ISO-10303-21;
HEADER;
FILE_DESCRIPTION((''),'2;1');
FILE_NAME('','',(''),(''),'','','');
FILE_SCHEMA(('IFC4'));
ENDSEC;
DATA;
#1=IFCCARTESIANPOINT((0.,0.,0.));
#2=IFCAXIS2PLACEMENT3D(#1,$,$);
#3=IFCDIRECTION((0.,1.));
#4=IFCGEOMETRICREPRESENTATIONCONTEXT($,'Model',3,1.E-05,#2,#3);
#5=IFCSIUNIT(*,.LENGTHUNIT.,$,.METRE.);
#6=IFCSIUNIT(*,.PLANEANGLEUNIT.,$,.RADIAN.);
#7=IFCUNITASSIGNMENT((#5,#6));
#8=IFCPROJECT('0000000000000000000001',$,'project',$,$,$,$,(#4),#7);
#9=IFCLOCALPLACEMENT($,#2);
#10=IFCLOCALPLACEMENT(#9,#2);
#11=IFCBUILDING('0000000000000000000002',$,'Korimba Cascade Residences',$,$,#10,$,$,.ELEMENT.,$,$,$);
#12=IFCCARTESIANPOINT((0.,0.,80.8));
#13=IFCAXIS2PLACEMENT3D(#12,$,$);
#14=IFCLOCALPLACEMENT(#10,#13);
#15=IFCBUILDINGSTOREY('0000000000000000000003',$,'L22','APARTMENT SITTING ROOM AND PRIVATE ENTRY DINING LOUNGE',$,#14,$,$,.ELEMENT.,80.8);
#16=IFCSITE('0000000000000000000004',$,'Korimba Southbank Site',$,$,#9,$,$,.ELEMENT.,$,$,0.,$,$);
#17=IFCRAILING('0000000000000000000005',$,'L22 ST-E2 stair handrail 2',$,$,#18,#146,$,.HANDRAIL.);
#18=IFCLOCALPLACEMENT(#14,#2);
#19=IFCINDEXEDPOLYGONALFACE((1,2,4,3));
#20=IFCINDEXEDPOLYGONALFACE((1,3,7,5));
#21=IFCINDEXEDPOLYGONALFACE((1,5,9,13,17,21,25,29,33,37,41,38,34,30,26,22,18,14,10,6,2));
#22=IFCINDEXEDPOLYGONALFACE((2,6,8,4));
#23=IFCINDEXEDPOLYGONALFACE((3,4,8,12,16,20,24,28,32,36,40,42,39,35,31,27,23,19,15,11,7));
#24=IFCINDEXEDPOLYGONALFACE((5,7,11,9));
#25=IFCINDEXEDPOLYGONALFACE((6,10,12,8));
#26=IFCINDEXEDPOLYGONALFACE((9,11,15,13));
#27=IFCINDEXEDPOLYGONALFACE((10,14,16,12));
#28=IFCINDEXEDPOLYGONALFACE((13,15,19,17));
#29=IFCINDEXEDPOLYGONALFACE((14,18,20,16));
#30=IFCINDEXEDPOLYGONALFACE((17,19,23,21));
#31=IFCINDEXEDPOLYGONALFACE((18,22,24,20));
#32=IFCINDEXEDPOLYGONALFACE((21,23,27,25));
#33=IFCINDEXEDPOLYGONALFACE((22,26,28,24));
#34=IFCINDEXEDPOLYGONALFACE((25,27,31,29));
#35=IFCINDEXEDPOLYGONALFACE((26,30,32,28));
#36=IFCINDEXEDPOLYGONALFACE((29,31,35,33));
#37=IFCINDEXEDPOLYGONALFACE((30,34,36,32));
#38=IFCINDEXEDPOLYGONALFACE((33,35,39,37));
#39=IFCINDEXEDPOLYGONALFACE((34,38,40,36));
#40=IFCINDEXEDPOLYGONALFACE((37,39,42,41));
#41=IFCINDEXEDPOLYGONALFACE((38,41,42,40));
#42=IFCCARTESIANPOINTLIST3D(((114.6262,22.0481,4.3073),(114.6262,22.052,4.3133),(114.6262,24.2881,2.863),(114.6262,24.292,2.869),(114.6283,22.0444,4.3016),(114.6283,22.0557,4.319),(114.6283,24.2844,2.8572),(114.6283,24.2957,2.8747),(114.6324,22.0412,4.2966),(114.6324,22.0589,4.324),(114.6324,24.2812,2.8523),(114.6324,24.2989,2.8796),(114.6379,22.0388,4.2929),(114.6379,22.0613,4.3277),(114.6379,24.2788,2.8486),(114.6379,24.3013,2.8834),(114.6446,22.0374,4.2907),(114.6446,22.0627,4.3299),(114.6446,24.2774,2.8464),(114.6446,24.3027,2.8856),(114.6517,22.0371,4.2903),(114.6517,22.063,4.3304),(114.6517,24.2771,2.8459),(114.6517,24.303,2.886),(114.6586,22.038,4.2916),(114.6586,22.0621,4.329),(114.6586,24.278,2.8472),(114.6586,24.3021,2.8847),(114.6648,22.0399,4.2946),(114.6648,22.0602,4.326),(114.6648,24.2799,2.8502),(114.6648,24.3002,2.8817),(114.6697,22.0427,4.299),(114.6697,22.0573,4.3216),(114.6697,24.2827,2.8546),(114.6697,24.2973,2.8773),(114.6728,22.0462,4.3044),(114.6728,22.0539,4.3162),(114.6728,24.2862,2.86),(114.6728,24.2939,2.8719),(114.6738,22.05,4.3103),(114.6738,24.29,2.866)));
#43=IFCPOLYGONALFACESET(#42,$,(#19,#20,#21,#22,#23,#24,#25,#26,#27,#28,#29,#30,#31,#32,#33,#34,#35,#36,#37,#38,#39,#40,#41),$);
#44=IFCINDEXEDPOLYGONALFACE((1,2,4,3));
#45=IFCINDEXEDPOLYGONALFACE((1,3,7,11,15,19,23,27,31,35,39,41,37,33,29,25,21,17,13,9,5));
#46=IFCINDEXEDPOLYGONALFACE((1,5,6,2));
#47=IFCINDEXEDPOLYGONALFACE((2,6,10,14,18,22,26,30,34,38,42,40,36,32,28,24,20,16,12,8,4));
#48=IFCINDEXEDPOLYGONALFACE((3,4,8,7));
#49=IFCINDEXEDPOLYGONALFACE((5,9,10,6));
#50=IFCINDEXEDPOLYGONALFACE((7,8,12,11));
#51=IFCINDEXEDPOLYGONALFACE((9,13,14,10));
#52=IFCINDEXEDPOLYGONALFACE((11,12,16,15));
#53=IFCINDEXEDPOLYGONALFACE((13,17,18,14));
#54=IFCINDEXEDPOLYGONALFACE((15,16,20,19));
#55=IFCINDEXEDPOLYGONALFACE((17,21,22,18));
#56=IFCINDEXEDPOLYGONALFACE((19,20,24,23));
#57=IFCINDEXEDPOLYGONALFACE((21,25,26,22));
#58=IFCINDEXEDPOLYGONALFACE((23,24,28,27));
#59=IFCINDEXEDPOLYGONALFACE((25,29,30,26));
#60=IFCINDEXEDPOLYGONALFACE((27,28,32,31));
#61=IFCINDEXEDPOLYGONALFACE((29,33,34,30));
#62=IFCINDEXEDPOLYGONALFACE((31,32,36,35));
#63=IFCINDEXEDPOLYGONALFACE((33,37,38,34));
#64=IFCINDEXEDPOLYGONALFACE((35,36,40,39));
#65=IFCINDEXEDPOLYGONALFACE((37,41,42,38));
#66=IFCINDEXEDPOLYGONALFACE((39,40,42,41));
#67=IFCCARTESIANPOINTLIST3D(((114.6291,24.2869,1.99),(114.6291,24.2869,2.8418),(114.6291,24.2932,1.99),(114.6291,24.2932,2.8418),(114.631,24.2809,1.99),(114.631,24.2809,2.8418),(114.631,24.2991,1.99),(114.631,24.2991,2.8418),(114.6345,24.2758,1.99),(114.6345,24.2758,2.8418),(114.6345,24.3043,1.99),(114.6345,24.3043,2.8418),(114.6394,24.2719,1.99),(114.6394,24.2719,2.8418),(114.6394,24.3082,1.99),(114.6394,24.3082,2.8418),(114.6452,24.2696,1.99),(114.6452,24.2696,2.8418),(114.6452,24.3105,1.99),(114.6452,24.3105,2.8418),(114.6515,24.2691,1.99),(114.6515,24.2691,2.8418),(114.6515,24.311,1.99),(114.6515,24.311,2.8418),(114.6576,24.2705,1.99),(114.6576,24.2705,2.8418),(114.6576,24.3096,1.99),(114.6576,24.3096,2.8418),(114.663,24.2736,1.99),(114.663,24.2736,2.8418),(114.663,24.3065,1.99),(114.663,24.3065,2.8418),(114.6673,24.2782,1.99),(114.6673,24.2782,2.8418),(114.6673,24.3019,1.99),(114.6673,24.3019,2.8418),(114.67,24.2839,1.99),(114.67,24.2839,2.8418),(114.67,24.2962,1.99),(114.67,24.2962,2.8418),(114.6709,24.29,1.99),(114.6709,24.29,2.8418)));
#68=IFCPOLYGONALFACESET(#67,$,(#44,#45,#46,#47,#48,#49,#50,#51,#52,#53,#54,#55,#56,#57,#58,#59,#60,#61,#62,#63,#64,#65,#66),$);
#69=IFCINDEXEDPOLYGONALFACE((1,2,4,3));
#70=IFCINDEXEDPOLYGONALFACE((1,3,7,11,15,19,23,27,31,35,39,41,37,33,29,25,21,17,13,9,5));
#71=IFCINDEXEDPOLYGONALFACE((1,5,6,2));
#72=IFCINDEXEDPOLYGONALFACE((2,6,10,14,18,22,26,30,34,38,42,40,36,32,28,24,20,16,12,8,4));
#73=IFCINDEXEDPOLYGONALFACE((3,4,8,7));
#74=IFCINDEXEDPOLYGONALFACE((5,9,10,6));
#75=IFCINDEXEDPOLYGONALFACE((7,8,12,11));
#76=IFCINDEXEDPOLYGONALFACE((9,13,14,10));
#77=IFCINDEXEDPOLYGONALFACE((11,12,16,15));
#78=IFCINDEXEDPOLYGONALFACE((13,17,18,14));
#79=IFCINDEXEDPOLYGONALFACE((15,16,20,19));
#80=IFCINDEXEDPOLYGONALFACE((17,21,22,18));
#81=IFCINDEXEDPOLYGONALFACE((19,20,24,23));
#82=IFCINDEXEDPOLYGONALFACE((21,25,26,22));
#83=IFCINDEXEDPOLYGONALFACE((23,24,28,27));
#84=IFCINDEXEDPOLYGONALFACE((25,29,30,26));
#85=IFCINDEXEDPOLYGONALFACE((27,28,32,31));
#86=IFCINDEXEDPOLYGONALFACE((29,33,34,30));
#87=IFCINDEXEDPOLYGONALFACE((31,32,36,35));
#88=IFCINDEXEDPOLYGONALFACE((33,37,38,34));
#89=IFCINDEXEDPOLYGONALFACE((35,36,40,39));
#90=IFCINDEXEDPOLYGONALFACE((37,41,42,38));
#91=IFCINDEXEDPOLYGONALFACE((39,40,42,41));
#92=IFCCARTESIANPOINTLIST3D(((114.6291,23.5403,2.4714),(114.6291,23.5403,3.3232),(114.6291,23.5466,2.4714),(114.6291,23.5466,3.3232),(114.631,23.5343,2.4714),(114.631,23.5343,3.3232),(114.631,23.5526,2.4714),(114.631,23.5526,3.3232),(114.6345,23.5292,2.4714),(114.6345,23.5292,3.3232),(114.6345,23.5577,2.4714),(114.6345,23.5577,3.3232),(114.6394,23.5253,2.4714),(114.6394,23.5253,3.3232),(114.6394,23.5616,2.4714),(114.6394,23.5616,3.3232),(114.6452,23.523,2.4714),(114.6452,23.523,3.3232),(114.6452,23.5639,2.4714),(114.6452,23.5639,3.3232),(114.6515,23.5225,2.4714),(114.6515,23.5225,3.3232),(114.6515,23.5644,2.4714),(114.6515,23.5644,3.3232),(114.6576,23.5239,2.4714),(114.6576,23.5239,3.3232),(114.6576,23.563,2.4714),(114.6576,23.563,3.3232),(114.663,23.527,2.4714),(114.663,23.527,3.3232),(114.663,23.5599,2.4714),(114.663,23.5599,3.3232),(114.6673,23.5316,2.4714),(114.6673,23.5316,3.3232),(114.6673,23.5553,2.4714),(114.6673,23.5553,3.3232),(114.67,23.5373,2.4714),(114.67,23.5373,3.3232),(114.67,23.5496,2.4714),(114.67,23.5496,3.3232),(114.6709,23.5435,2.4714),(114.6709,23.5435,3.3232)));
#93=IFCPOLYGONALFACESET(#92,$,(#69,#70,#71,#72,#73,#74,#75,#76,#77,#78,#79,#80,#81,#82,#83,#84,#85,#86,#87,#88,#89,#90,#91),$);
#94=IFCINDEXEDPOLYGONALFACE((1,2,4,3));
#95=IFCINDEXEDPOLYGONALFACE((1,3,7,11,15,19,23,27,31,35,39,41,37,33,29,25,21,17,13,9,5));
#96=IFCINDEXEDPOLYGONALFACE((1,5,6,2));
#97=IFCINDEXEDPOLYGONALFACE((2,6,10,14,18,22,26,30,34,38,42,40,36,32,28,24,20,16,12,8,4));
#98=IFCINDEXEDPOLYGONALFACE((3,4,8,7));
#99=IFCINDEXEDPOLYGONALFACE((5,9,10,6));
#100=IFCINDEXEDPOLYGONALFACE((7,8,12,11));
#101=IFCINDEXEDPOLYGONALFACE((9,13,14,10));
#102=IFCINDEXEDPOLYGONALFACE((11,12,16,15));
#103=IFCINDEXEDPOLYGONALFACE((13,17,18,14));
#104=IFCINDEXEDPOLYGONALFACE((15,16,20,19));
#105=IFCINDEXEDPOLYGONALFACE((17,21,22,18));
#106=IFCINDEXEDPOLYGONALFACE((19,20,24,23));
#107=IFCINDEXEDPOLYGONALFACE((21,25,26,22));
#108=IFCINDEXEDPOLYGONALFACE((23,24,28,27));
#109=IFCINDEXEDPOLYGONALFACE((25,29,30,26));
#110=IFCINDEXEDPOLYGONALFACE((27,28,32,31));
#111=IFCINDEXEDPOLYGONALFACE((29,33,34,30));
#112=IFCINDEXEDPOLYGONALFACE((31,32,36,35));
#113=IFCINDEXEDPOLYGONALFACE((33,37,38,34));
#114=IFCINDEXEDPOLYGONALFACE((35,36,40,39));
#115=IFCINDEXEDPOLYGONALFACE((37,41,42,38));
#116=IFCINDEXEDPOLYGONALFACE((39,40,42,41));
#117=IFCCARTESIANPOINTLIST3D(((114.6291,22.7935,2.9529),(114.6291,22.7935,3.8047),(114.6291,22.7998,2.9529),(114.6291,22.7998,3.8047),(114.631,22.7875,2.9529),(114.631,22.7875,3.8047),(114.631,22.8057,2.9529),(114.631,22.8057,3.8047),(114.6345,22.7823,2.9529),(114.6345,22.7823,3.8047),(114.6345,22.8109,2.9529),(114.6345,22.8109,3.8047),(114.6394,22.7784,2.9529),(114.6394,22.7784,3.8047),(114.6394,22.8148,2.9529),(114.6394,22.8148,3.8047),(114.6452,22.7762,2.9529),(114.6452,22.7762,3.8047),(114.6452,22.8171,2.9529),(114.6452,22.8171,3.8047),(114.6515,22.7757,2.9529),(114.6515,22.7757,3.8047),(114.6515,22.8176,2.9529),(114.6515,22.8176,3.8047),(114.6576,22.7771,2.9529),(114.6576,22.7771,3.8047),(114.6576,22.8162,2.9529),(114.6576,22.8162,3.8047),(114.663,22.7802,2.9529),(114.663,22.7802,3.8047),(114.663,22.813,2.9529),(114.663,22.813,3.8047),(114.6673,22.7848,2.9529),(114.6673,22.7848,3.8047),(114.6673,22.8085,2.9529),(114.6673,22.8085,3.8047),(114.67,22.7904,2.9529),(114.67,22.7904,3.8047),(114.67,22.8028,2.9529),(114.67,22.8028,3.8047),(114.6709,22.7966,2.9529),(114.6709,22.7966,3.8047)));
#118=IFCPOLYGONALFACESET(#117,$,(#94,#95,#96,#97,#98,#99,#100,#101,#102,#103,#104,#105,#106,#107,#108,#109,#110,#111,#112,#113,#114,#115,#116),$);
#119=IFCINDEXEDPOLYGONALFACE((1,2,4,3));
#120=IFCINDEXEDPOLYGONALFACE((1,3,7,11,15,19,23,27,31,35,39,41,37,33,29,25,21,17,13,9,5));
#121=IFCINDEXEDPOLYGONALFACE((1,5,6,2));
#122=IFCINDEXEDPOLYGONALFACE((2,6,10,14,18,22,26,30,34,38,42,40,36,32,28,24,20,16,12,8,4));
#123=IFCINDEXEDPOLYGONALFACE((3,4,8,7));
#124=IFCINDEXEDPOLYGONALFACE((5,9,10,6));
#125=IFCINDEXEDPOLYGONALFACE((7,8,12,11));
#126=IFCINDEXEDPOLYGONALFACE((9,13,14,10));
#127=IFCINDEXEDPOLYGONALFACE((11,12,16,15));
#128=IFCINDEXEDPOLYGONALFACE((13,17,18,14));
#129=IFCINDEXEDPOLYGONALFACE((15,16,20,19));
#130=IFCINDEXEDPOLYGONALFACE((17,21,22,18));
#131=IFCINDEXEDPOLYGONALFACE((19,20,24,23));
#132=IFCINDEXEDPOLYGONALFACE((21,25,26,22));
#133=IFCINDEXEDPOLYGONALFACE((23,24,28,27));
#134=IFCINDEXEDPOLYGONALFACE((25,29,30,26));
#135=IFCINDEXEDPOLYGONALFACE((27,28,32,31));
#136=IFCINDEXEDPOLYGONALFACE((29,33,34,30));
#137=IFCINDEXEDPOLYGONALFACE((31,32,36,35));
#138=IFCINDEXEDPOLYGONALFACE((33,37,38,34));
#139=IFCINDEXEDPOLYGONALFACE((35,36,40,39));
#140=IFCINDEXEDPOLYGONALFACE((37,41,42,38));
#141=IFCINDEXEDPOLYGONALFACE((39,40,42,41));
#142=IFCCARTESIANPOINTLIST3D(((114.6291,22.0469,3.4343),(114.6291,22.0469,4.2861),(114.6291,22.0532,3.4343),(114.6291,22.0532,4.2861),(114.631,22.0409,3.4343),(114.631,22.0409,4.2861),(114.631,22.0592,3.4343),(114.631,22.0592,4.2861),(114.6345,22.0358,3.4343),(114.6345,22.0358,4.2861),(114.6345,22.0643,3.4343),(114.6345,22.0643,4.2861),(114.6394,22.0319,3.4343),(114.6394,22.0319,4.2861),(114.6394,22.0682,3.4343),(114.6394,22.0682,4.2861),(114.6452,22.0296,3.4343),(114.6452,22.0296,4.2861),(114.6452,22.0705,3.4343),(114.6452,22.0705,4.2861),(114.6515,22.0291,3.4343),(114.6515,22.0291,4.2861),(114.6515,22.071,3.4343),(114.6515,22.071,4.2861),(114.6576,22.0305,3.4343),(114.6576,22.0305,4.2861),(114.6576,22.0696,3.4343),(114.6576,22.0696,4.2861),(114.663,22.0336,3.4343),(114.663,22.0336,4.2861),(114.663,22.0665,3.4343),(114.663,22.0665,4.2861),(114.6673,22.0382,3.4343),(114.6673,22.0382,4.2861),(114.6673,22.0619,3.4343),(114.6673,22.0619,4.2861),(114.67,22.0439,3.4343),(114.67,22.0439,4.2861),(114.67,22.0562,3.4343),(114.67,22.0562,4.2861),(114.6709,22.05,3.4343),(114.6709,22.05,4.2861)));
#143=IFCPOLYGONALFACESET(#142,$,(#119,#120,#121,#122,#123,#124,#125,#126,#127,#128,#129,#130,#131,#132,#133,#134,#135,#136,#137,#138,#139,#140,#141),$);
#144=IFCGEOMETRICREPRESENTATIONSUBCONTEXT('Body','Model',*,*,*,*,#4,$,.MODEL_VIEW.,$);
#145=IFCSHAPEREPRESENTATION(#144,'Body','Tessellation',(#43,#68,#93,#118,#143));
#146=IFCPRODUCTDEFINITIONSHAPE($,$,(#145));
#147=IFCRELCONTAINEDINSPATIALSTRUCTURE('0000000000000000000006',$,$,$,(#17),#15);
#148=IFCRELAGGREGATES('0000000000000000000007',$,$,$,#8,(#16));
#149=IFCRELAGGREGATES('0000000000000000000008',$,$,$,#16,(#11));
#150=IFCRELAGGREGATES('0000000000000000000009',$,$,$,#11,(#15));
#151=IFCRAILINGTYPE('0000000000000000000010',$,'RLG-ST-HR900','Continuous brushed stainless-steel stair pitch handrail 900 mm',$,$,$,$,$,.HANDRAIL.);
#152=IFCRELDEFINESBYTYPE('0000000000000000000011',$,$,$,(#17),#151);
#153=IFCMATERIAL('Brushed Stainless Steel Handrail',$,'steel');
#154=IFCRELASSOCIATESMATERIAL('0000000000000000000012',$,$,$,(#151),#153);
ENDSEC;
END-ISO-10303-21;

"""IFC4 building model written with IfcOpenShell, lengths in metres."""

from ifc_helpers import new_model, si_unit, direction, frame, origin, origin_2d, place, context, subcontext, project, spatial, circle, extrude, material, type_object, element, save


model = new_model("IFC4")

# Units and contexts
model_context = context("Model", 3, precision=1e-05, world=origin(), true_north=direction((0.0, 1.0)))
body_context = subcontext(model_context, "Body", "Model", "MODEL_VIEW")
ifc_project = project(units=[si_unit("LENGTHUNIT", "METRE"), si_unit("PLANEANGLEUNIT", "RADIAN")], contexts=[model_context])

# Site, building, storey
site_placement = place(None, origin())
site = spatial("IfcSite", under=ifc_project, at=site_placement, Name="Korimba Southbank Site", CompositionType="ELEMENT", RefElevation=0.0)
building_placement = place(site_placement, origin())
building = spatial("IfcBuilding", under=site, at=building_placement, Name="Korimba Cascade Residences", CompositionType="ELEMENT")
storey_placement = place(building_placement, frame((0.0, 0.0, 80.8)))
storey = spatial("IfcBuildingStorey", under=building, at=storey_placement, Name="L22", Description="APARTMENT SITTING ROOM AND PRIVATE ENTRY DINING LOUNGE", CompositionType="ELEMENT", Elevation=80.8)

# Railing
ifc_material_1 = material(Name="Brushed Stainless Steel Handrail", Category="steel")
railing_type_1 = type_object("IfcRailingType", Name="RLG-ST-HR900", Description="Continuous brushed stainless-steel stair pitch handrail 900 mm", PredefinedType="HANDRAIL", material=ifc_material_1)
railing_1_placement = place(storey_placement, frame((114.6499, 24.29, 1.99)))
element("IfcRailing", 1, at=railing_1_placement, inside=storey, type_object=railing_type_1, Name="L22 ST-E2 stair handrail 2", PredefinedType="HANDRAIL", context=body_context, shape_type="SweptSolid", body=[
    extrude(circle(Radius=0.0239, at=origin_2d()), frame((0.0, 0.0, 0.876), z_axis=(0.0, -0.840437, 0.54191), x_axis=(1.0, 0.0, 0.0)), (0.0, 0.0, 1.0), 2.6653),
    extrude(circle(Radius=0.021, at=origin_2d()), origin(), (0.0, 0.0, 1.0), 0.8518),
    extrude(circle(Radius=0.021, at=origin_2d()), frame((0.0, -0.7466, 0.4814)), (0.0, 0.0, 1.0), 0.8518),
    extrude(circle(Radius=0.021, at=origin_2d()), frame((0.0, -1.4934, 0.9629)), (0.0, 0.0, 1.0), 0.8518),
    extrude(circle(Radius=0.021, at=origin_2d()), frame((0.0, -2.24, 1.4443)), (0.0, 0.0, 1.0), 0.8518),
])

save(model, "model.ifc")
